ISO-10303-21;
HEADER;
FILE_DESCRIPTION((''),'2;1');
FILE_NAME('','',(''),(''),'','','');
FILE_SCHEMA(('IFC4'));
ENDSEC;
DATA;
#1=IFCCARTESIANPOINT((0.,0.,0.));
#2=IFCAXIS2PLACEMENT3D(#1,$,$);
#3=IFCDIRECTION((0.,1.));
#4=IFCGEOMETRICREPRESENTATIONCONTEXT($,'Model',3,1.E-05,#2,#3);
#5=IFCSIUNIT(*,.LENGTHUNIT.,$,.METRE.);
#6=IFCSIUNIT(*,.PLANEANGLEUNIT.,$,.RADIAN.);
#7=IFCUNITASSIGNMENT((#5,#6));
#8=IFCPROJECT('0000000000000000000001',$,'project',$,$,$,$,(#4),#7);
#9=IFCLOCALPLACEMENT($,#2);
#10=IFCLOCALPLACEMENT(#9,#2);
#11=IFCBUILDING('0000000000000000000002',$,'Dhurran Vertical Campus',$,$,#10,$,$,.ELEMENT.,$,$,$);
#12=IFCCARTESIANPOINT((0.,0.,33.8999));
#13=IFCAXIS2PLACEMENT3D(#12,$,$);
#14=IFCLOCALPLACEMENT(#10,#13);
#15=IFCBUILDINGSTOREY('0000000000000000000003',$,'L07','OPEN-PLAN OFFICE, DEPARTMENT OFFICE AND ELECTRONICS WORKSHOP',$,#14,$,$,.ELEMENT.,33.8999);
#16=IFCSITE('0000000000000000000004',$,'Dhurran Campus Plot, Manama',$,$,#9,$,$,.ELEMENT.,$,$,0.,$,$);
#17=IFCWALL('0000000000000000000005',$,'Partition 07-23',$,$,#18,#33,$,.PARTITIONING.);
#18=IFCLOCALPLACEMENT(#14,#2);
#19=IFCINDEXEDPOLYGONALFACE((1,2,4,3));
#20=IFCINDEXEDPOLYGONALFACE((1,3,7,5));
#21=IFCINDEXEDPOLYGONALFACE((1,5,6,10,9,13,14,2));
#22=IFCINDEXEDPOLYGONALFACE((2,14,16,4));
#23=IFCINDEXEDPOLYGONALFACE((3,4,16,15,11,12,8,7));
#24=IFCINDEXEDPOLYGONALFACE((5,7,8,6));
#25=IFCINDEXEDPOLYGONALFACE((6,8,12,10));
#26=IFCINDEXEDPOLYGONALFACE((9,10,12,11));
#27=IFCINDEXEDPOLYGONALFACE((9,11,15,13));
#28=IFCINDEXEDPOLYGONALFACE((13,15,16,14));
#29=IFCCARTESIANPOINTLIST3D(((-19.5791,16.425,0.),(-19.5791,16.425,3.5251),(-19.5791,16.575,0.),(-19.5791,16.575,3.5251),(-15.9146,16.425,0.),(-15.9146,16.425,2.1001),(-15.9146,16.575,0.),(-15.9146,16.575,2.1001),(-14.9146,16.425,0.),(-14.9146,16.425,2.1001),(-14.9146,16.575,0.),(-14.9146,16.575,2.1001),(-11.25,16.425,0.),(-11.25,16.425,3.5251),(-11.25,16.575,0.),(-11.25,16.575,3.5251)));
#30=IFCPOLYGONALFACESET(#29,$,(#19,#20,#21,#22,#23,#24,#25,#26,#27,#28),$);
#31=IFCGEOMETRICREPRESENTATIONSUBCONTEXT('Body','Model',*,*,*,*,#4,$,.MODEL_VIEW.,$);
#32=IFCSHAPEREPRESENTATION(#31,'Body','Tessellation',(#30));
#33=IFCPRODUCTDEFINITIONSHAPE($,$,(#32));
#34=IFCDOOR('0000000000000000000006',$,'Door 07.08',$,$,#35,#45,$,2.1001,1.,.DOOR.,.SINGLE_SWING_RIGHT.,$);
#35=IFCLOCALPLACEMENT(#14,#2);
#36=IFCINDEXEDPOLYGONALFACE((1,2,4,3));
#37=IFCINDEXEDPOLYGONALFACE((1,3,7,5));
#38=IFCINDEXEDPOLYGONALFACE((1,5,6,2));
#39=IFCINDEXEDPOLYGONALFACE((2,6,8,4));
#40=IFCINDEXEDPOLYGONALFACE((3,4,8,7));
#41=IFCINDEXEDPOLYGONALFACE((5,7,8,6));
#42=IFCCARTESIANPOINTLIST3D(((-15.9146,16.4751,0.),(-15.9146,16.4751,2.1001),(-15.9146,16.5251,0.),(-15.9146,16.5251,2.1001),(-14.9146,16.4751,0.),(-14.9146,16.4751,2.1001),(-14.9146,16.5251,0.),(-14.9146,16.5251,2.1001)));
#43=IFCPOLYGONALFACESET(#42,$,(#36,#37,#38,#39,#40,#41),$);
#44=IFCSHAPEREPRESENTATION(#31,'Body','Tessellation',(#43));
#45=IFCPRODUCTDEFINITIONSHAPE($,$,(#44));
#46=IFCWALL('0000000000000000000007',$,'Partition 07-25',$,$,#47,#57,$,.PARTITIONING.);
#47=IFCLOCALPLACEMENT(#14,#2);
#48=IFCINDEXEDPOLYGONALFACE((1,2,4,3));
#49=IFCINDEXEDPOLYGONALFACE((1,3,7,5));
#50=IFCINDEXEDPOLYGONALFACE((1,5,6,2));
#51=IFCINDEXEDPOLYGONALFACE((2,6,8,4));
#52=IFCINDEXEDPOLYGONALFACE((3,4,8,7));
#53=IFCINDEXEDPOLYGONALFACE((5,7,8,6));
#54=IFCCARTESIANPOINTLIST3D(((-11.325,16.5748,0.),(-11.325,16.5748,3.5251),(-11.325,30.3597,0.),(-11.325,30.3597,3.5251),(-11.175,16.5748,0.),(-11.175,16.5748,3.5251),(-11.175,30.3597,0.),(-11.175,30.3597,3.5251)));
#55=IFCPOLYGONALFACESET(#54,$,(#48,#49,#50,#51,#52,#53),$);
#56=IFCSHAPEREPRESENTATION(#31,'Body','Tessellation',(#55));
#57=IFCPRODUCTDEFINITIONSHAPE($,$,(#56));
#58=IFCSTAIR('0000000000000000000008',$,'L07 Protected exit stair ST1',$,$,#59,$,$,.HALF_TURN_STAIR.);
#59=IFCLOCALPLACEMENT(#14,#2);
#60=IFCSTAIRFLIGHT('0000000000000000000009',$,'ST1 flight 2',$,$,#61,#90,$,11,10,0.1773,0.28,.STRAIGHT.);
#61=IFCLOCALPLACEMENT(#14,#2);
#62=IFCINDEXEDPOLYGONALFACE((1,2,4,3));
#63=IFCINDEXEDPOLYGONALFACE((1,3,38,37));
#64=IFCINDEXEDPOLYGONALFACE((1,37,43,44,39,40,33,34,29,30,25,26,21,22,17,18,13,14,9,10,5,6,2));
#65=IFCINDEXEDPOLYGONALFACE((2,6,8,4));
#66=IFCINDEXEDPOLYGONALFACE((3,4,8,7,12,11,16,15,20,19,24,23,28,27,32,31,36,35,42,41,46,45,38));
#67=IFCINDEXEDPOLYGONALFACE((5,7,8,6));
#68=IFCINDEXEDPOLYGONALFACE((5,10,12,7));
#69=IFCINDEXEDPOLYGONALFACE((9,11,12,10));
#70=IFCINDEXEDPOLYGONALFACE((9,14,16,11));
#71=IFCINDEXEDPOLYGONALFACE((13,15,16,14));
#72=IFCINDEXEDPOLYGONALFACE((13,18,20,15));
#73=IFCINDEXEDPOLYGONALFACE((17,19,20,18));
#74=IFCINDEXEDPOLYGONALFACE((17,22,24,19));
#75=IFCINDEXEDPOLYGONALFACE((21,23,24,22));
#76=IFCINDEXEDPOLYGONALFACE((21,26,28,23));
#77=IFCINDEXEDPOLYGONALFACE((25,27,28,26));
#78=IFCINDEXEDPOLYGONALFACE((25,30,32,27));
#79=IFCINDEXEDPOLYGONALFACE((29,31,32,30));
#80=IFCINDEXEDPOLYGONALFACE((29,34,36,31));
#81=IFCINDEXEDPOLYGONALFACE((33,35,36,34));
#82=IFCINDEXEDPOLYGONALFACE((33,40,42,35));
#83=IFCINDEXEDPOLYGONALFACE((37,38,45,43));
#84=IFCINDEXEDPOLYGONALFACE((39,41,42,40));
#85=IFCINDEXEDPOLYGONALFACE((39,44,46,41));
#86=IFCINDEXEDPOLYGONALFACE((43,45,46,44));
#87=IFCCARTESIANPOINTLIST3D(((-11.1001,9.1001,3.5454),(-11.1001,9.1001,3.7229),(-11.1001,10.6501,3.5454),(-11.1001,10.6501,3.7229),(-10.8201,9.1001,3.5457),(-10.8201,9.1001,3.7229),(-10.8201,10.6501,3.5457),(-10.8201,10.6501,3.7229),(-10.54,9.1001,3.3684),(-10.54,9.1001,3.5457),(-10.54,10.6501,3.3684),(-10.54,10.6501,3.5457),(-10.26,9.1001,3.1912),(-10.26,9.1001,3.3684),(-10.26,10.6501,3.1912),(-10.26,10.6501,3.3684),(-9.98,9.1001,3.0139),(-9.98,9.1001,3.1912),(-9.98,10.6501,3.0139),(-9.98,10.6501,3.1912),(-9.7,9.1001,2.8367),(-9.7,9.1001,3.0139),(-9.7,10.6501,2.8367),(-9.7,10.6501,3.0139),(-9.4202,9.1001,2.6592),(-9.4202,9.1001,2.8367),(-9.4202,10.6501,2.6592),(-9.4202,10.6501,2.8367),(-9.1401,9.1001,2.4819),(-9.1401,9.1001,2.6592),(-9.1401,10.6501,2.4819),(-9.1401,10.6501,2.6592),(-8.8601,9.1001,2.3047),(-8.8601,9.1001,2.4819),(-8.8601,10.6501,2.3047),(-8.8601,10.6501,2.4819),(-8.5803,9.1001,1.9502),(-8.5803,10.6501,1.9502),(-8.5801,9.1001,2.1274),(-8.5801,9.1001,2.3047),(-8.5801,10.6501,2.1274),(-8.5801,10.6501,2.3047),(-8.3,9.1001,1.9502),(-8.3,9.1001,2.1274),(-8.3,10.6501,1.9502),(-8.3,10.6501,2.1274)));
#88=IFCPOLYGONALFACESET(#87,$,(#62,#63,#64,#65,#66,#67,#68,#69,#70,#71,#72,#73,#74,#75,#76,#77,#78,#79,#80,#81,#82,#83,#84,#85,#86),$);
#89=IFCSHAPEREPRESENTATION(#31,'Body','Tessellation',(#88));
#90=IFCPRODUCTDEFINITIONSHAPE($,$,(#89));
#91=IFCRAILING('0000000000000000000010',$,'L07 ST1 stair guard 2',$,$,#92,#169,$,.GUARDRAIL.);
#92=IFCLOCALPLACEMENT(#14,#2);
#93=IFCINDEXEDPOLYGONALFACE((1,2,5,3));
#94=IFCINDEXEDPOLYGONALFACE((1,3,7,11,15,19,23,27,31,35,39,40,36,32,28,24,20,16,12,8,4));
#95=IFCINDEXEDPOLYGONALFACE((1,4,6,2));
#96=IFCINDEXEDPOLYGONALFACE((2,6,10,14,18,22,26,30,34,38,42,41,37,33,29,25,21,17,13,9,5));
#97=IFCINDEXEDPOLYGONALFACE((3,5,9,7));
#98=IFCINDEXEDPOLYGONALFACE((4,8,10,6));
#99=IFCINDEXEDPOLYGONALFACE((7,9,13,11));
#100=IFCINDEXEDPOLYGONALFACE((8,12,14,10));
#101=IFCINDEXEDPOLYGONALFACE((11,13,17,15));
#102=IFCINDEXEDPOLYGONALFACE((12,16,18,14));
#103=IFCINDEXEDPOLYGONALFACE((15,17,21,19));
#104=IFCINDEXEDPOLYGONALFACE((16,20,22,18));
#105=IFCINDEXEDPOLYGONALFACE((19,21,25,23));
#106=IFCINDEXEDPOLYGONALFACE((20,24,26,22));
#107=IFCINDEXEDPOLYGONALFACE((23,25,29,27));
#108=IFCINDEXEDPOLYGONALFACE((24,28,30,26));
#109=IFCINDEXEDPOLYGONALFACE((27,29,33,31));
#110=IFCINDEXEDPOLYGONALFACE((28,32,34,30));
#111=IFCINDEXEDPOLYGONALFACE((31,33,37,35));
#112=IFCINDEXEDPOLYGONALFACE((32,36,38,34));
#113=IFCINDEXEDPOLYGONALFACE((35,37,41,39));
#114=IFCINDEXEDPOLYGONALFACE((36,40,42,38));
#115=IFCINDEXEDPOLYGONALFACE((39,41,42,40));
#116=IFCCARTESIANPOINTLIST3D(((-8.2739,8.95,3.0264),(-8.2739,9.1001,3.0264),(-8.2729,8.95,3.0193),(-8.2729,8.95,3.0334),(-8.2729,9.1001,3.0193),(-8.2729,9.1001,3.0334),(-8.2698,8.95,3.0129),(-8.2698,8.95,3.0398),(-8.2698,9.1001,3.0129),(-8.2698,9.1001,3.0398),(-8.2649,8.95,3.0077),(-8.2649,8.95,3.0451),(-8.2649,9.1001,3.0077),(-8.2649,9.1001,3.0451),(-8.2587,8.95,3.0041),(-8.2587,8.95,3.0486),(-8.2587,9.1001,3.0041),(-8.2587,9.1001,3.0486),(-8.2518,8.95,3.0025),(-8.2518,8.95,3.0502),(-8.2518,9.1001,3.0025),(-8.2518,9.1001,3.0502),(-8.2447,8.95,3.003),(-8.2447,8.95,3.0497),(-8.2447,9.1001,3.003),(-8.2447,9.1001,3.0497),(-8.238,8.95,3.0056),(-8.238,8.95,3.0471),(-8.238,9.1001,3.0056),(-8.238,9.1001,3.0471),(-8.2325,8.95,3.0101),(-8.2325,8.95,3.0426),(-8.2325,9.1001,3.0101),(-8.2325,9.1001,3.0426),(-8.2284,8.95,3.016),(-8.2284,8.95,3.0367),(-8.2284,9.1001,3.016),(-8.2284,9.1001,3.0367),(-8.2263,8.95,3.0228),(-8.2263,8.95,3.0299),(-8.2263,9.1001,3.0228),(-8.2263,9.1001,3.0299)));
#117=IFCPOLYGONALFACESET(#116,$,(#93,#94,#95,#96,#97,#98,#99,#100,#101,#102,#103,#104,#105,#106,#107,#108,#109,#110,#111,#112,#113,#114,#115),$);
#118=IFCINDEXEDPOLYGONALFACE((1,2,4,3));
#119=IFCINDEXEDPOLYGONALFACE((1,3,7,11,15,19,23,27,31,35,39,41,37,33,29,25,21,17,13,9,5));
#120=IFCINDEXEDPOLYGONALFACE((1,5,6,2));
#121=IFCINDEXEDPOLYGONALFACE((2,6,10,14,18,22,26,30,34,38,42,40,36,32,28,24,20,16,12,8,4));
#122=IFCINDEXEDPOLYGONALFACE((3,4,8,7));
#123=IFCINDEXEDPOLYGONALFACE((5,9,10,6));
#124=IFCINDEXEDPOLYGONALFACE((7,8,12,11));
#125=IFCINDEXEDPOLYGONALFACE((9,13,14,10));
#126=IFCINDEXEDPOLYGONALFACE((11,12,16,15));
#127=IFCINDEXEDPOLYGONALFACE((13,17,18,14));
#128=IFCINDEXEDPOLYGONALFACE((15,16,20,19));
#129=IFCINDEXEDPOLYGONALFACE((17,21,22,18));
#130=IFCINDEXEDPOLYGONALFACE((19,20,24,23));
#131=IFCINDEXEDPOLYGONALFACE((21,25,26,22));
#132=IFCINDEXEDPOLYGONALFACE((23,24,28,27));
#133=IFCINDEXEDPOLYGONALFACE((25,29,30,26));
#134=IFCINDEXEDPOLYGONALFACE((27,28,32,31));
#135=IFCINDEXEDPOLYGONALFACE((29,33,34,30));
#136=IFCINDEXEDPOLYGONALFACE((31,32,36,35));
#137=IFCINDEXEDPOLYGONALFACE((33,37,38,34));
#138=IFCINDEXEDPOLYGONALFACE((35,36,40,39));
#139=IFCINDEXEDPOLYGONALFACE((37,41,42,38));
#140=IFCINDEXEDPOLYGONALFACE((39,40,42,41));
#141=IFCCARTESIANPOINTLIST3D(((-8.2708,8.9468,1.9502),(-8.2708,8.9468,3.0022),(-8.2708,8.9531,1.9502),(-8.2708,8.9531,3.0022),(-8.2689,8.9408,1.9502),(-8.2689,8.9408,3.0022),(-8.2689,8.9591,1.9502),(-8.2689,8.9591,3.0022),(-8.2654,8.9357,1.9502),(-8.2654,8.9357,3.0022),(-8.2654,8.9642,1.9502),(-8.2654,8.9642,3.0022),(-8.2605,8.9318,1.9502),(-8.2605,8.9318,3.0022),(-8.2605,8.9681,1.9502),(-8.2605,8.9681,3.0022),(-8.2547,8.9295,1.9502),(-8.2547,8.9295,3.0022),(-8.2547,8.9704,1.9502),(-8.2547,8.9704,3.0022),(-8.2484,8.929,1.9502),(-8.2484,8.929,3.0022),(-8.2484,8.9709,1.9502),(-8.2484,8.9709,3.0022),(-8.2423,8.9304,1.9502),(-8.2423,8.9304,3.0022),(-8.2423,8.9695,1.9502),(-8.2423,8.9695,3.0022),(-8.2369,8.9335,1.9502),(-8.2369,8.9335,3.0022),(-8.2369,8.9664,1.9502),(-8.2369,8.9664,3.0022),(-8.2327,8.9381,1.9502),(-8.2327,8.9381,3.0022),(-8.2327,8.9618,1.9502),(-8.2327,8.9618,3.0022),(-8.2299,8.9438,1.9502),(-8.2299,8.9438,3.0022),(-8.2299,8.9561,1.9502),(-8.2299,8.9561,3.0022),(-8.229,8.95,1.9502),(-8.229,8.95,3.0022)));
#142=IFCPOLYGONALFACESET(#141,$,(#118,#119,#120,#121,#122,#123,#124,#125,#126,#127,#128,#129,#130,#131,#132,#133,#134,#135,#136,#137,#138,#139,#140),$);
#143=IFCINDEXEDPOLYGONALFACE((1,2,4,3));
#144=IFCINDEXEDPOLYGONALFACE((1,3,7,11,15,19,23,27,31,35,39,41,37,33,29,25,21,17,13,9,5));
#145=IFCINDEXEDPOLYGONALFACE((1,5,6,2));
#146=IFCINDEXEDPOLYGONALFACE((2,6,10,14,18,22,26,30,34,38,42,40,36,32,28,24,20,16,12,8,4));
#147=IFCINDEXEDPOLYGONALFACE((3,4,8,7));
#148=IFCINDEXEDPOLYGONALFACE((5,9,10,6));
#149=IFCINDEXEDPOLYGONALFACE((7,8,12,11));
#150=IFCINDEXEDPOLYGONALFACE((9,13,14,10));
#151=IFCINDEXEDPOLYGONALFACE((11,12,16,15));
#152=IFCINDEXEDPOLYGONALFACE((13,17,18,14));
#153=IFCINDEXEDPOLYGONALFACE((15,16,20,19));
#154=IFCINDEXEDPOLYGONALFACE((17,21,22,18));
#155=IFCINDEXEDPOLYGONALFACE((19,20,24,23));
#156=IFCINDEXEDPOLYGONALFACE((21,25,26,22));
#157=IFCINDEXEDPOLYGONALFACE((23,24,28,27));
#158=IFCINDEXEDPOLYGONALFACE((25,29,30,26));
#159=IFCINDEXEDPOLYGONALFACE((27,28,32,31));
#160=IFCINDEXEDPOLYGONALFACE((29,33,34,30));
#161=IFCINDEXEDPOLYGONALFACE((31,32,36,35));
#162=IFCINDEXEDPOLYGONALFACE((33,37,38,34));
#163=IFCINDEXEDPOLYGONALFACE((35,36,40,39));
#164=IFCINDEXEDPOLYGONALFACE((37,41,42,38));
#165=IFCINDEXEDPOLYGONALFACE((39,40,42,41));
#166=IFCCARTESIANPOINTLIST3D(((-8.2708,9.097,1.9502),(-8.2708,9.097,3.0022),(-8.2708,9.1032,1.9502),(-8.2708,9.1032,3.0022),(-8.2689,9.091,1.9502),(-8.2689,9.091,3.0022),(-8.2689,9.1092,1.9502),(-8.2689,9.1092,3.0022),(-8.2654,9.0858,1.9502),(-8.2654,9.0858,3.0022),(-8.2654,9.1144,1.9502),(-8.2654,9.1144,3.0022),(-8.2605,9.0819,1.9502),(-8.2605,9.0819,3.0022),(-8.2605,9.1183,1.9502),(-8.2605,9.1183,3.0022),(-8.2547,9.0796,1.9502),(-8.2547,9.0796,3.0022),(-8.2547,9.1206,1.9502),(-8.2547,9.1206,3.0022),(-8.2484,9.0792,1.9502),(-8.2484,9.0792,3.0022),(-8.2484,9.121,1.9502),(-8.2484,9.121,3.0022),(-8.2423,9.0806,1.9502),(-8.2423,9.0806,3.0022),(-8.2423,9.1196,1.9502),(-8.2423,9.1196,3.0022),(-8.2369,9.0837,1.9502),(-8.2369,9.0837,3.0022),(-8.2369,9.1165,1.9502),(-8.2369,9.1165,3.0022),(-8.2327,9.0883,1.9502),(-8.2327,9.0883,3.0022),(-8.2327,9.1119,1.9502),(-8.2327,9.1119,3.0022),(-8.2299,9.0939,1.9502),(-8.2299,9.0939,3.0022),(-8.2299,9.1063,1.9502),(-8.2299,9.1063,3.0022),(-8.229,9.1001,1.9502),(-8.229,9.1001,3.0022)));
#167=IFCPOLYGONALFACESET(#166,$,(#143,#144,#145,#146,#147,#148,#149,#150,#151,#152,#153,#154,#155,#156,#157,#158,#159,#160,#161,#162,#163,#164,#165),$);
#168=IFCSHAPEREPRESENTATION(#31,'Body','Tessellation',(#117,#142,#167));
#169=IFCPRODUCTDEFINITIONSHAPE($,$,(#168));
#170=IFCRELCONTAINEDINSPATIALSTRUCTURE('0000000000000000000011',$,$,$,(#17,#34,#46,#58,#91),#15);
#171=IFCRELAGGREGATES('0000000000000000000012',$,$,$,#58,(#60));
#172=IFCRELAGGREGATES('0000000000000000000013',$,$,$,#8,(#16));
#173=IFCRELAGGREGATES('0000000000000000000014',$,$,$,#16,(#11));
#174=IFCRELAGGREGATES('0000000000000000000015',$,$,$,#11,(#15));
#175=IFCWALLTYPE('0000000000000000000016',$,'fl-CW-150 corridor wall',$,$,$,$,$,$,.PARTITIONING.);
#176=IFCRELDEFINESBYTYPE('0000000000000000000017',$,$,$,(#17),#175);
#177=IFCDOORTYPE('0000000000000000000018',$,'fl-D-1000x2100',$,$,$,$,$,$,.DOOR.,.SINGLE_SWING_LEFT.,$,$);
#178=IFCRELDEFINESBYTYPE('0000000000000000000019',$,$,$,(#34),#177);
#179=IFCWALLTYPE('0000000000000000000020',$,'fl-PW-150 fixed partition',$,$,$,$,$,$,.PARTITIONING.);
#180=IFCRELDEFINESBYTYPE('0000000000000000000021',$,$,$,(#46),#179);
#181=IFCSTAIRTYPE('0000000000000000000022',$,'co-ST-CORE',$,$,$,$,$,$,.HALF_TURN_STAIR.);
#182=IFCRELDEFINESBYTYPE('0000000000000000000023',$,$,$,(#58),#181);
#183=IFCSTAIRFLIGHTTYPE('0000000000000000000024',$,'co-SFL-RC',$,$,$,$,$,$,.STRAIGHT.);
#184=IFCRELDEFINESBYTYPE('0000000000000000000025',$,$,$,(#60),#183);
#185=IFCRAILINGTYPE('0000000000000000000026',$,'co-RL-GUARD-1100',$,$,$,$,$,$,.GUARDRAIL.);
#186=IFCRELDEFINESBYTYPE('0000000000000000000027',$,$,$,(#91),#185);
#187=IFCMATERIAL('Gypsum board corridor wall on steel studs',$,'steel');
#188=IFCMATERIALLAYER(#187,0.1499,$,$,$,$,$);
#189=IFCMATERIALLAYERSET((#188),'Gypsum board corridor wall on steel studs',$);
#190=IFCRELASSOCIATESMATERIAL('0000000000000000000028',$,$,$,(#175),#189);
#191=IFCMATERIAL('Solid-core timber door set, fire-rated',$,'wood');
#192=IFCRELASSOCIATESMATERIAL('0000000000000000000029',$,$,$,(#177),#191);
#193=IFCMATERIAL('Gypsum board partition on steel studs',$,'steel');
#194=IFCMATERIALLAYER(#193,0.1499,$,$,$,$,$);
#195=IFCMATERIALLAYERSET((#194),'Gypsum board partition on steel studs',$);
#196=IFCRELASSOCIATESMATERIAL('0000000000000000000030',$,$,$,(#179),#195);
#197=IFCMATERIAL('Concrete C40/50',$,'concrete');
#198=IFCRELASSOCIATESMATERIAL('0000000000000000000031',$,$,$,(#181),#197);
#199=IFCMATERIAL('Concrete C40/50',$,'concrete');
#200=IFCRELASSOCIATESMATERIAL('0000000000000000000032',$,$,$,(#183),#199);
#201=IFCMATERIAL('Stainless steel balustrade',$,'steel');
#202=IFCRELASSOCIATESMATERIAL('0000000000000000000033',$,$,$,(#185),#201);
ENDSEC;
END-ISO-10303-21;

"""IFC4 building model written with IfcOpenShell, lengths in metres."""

from ifc_helpers import new_model, si_unit, direction, frame, frame_2d, origin, origin_2d, place, context, subcontext, project, spatial, polyline, rectangle, circle, outline, extrude, material, layer, layer_set, type_object, element, fill, aggregate, save


model = new_model("IFC4")

# Units and contexts
model_context = context("Model", 3, precision=1e-05, world=origin(), true_north=direction((0.0, 1.0)))
body_context = subcontext(model_context, "Body", "Model", "MODEL_VIEW")
ifc_project = project(units=[si_unit("LENGTHUNIT", "METRE"), si_unit("PLANEANGLEUNIT", "RADIAN")], contexts=[model_context])

# Site, building, storey
site_placement = place(None, origin())
site = spatial("IfcSite", under=ifc_project, at=site_placement, Name="Dhurran Campus Plot, Manama", CompositionType="ELEMENT", RefElevation=0.0)
building_placement = place(site_placement, origin())
building = spatial("IfcBuilding", under=site, at=building_placement, Name="Dhurran Vertical Campus", CompositionType="ELEMENT")
storey_placement = place(building_placement, frame((0.0, 0.0, 33.8999)))
storey = spatial("IfcBuildingStorey", under=building, at=storey_placement, Name="L07", Description="OPEN-PLAN OFFICE, DEPARTMENT OFFICE AND ELECTRONICS WORKSHOP", CompositionType="ELEMENT", Elevation=33.8999)

# Wall, opening, door
ifc_material_1 = material(Name="Gypsum board corridor wall on steel studs", Category="steel")
ifc_layer_1 = layer(ifc_material_1, 0.1499)
ifc_layer_set_1 = layer_set([ifc_layer_1], Name="Gypsum board corridor wall on steel studs")
wall_type_1 = type_object("IfcWallType", Name="fl-CW-150 corridor wall", PredefinedType="PARTITIONING", material=ifc_layer_set_1)
wall_1_placement = place(storey_placement, frame((-11.25, 16.5, 0.0), z_axis=(0.0, 0.0, 1.0), x_axis=(-1.0, 0.0, 0.0)))
wall_1 = element("IfcWall", 1, at=wall_1_placement, inside=storey, type_object=wall_type_1, Name="Partition 07-23", PredefinedType="PARTITIONING", context=body_context, shape_type="SweptSolid", body=[
    extrude(rectangle(XDim=8.3291, YDim=0.1499, at=frame_2d((4.1646, 0.0))), origin(), (0.0, 0.0, 1.0), 3.5251),
])
opening_1_placement = place(wall_1_placement, frame((3.6646, 0.0, 0.0)))
opening_1 = element("IfcOpeningElement", 2, at=opening_1_placement, cuts=wall_1, PredefinedType="OPENING", context=body_context, shape_type="SweptSolid", body=[
    extrude(rectangle(XDim=1.0, YDim=2.1001, at=frame_2d((0.5, 1.05))), frame((0.0, 0.085, 0.0), z_axis=(0.0, -1.0, 0.0), x_axis=(1.0, 0.0, 0.0)), (0.0, 0.0, 1.0), 0.1699),
])
ifc_material_2 = material(Name="Solid-core timber door set, fire-rated", Category="wood")
door_type_1 = type_object("IfcDoorType", Name="fl-D-1000x2100", OperationType="SINGLE_SWING_LEFT", PredefinedType="DOOR", material=ifc_material_2)
door_1_placement = place(opening_1_placement, origin())
door_1 = element("IfcDoor", 3, at=door_1_placement, inside=storey, type_object=door_type_1, Name="Door 07.08", OperationType="SINGLE_SWING_RIGHT", OverallHeight=2.1001, OverallWidth=1.0, PredefinedType="DOOR", context=body_context, shape_type="SweptSolid", body=[
    extrude(rectangle(XDim=1.0, YDim=2.1001, at=frame_2d((0.5, 1.05))), frame((0.0, 0.0249, 0.0), z_axis=(0.0, -1.0, 0.0), x_axis=(1.0, 0.0, 0.0)), (0.0, 0.0, 1.0), 0.05),
])
fill(opening_1, door_1)

# Wall
ifc_material_3 = material(Name="Gypsum board partition on steel studs", Category="steel")
ifc_layer_2 = layer(ifc_material_3, 0.1499)
ifc_layer_set_2 = layer_set([ifc_layer_2], Name="Gypsum board partition on steel studs")
wall_type_2 = type_object("IfcWallType", Name="fl-PW-150 fixed partition", PredefinedType="PARTITIONING", material=ifc_layer_set_2)
wall_2_placement = place(storey_placement, frame((-11.25, 30.3599, 0.0), z_axis=(0.0, 0.0, 1.0), x_axis=(0.0, -1.0, 0.0)))
element("IfcWall", 4, at=wall_2_placement, inside=storey, type_object=wall_type_2, Name="Partition 07-25", PredefinedType="PARTITIONING", context=body_context, shape_type="SweptSolid", body=[
    extrude(rectangle(XDim=13.7849, YDim=0.1499, at=frame_2d((6.8926, 0.0))), origin(), (0.0, 0.0, 1.0), 3.5251),
])

# Stair, stair flight
ifc_material_4 = material(Name="Concrete C40/50", Category="concrete")
stair_type = type_object("IfcStairType", Name="co-ST-CORE", PredefinedType="HALF_TURN_STAIR", material=ifc_material_4)
stair_placement = place(storey_placement, origin())
stair = element("IfcStair", 5, at=stair_placement, inside=storey, type_object=stair_type, Name="L07 Protected exit stair ST1", PredefinedType="HALF_TURN_STAIR")
ifc_material_5 = material(Name="Concrete C40/50", Category="concrete")
stair_flight_type = type_object("IfcStairFlightType", Name="co-SFL-RC", PredefinedType="STRAIGHT", material=ifc_material_5)
stair_flight_placement = place(storey_placement, frame((-8.3, 9.875, 1.9502), z_axis=(0.0, 0.0, 1.0), x_axis=(-1.0, 0.0, 0.0)))
stair_flight = element("IfcStairFlight", 6, at=stair_flight_placement, type_object=stair_flight_type, Name="ST1 flight 2", NumberOfRisers=11, NumberOfTreads=10, PredefinedType="STRAIGHT", RiserHeight=0.1773, TreadLength=0.28, context=body_context, shape_type="SweptSolid", body=[
    extrude(outline(polyline([(0.0, 0.0), (0.0, 0.1772), (0.28, 0.1772), (0.28, 0.3545), (0.5601, 0.3545), (0.5601, 0.5317), (0.8401, 0.5317), (0.8401, 0.709), (1.1201, 0.709), (1.1201, 0.8865), (1.3999, 0.8865), (1.3999, 1.0637), (1.6799, 1.0637), (1.6799, 1.241), (1.96, 1.241), (1.96, 1.4182), (2.24, 1.4182), (2.24, 1.5955), (2.52, 1.5955), (2.52, 1.7727), (2.8, 1.7727), (2.8, 1.95), (2.8, 1.5952), (0.2803, 0.0), (0.0, 0.0)])), frame((0.0, 0.7749, 0.0), z_axis=(0.0, -1.0, 0.0), x_axis=(1.0, 0.0, 0.0)), (0.0, 0.0, 1.0), 1.55),
])
aggregate(stair, [stair_flight])

# Railing
ifc_material_6 = material(Name="Stainless steel balustrade", Category="steel")
railing_type_1 = type_object("IfcRailingType", Name="co-RL-GUARD-1100", PredefinedType="GUARDRAIL", material=ifc_material_6)
railing_1_placement = place(storey_placement, frame((-8.25, 8.95, 1.9502)))
element("IfcRailing", 7, at=railing_1_placement, inside=storey, type_object=railing_type_1, Name="L07 ST1 stair guard 2", PredefinedType="GUARDRAIL", context=body_context, shape_type="SweptSolid", body=[
    extrude(circle(Radius=0.0239, at=origin_2d()), frame((0.0, 0.0, 1.0762), z_axis=(0.0, 1.0, 0.0), x_axis=(-1.0, 0.0, 0.0)), (0.0, 0.0, 1.0), 0.1501),
    extrude(circle(Radius=0.021, at=origin_2d()), origin(), (0.0, 0.0, 1.0), 1.052),
    extrude(circle(Radius=0.021, at=origin_2d()), frame((0.0, 0.1501, 0.0)), (0.0, 0.0, 1.0), 1.052),
])

save(model, "model.ifc")
